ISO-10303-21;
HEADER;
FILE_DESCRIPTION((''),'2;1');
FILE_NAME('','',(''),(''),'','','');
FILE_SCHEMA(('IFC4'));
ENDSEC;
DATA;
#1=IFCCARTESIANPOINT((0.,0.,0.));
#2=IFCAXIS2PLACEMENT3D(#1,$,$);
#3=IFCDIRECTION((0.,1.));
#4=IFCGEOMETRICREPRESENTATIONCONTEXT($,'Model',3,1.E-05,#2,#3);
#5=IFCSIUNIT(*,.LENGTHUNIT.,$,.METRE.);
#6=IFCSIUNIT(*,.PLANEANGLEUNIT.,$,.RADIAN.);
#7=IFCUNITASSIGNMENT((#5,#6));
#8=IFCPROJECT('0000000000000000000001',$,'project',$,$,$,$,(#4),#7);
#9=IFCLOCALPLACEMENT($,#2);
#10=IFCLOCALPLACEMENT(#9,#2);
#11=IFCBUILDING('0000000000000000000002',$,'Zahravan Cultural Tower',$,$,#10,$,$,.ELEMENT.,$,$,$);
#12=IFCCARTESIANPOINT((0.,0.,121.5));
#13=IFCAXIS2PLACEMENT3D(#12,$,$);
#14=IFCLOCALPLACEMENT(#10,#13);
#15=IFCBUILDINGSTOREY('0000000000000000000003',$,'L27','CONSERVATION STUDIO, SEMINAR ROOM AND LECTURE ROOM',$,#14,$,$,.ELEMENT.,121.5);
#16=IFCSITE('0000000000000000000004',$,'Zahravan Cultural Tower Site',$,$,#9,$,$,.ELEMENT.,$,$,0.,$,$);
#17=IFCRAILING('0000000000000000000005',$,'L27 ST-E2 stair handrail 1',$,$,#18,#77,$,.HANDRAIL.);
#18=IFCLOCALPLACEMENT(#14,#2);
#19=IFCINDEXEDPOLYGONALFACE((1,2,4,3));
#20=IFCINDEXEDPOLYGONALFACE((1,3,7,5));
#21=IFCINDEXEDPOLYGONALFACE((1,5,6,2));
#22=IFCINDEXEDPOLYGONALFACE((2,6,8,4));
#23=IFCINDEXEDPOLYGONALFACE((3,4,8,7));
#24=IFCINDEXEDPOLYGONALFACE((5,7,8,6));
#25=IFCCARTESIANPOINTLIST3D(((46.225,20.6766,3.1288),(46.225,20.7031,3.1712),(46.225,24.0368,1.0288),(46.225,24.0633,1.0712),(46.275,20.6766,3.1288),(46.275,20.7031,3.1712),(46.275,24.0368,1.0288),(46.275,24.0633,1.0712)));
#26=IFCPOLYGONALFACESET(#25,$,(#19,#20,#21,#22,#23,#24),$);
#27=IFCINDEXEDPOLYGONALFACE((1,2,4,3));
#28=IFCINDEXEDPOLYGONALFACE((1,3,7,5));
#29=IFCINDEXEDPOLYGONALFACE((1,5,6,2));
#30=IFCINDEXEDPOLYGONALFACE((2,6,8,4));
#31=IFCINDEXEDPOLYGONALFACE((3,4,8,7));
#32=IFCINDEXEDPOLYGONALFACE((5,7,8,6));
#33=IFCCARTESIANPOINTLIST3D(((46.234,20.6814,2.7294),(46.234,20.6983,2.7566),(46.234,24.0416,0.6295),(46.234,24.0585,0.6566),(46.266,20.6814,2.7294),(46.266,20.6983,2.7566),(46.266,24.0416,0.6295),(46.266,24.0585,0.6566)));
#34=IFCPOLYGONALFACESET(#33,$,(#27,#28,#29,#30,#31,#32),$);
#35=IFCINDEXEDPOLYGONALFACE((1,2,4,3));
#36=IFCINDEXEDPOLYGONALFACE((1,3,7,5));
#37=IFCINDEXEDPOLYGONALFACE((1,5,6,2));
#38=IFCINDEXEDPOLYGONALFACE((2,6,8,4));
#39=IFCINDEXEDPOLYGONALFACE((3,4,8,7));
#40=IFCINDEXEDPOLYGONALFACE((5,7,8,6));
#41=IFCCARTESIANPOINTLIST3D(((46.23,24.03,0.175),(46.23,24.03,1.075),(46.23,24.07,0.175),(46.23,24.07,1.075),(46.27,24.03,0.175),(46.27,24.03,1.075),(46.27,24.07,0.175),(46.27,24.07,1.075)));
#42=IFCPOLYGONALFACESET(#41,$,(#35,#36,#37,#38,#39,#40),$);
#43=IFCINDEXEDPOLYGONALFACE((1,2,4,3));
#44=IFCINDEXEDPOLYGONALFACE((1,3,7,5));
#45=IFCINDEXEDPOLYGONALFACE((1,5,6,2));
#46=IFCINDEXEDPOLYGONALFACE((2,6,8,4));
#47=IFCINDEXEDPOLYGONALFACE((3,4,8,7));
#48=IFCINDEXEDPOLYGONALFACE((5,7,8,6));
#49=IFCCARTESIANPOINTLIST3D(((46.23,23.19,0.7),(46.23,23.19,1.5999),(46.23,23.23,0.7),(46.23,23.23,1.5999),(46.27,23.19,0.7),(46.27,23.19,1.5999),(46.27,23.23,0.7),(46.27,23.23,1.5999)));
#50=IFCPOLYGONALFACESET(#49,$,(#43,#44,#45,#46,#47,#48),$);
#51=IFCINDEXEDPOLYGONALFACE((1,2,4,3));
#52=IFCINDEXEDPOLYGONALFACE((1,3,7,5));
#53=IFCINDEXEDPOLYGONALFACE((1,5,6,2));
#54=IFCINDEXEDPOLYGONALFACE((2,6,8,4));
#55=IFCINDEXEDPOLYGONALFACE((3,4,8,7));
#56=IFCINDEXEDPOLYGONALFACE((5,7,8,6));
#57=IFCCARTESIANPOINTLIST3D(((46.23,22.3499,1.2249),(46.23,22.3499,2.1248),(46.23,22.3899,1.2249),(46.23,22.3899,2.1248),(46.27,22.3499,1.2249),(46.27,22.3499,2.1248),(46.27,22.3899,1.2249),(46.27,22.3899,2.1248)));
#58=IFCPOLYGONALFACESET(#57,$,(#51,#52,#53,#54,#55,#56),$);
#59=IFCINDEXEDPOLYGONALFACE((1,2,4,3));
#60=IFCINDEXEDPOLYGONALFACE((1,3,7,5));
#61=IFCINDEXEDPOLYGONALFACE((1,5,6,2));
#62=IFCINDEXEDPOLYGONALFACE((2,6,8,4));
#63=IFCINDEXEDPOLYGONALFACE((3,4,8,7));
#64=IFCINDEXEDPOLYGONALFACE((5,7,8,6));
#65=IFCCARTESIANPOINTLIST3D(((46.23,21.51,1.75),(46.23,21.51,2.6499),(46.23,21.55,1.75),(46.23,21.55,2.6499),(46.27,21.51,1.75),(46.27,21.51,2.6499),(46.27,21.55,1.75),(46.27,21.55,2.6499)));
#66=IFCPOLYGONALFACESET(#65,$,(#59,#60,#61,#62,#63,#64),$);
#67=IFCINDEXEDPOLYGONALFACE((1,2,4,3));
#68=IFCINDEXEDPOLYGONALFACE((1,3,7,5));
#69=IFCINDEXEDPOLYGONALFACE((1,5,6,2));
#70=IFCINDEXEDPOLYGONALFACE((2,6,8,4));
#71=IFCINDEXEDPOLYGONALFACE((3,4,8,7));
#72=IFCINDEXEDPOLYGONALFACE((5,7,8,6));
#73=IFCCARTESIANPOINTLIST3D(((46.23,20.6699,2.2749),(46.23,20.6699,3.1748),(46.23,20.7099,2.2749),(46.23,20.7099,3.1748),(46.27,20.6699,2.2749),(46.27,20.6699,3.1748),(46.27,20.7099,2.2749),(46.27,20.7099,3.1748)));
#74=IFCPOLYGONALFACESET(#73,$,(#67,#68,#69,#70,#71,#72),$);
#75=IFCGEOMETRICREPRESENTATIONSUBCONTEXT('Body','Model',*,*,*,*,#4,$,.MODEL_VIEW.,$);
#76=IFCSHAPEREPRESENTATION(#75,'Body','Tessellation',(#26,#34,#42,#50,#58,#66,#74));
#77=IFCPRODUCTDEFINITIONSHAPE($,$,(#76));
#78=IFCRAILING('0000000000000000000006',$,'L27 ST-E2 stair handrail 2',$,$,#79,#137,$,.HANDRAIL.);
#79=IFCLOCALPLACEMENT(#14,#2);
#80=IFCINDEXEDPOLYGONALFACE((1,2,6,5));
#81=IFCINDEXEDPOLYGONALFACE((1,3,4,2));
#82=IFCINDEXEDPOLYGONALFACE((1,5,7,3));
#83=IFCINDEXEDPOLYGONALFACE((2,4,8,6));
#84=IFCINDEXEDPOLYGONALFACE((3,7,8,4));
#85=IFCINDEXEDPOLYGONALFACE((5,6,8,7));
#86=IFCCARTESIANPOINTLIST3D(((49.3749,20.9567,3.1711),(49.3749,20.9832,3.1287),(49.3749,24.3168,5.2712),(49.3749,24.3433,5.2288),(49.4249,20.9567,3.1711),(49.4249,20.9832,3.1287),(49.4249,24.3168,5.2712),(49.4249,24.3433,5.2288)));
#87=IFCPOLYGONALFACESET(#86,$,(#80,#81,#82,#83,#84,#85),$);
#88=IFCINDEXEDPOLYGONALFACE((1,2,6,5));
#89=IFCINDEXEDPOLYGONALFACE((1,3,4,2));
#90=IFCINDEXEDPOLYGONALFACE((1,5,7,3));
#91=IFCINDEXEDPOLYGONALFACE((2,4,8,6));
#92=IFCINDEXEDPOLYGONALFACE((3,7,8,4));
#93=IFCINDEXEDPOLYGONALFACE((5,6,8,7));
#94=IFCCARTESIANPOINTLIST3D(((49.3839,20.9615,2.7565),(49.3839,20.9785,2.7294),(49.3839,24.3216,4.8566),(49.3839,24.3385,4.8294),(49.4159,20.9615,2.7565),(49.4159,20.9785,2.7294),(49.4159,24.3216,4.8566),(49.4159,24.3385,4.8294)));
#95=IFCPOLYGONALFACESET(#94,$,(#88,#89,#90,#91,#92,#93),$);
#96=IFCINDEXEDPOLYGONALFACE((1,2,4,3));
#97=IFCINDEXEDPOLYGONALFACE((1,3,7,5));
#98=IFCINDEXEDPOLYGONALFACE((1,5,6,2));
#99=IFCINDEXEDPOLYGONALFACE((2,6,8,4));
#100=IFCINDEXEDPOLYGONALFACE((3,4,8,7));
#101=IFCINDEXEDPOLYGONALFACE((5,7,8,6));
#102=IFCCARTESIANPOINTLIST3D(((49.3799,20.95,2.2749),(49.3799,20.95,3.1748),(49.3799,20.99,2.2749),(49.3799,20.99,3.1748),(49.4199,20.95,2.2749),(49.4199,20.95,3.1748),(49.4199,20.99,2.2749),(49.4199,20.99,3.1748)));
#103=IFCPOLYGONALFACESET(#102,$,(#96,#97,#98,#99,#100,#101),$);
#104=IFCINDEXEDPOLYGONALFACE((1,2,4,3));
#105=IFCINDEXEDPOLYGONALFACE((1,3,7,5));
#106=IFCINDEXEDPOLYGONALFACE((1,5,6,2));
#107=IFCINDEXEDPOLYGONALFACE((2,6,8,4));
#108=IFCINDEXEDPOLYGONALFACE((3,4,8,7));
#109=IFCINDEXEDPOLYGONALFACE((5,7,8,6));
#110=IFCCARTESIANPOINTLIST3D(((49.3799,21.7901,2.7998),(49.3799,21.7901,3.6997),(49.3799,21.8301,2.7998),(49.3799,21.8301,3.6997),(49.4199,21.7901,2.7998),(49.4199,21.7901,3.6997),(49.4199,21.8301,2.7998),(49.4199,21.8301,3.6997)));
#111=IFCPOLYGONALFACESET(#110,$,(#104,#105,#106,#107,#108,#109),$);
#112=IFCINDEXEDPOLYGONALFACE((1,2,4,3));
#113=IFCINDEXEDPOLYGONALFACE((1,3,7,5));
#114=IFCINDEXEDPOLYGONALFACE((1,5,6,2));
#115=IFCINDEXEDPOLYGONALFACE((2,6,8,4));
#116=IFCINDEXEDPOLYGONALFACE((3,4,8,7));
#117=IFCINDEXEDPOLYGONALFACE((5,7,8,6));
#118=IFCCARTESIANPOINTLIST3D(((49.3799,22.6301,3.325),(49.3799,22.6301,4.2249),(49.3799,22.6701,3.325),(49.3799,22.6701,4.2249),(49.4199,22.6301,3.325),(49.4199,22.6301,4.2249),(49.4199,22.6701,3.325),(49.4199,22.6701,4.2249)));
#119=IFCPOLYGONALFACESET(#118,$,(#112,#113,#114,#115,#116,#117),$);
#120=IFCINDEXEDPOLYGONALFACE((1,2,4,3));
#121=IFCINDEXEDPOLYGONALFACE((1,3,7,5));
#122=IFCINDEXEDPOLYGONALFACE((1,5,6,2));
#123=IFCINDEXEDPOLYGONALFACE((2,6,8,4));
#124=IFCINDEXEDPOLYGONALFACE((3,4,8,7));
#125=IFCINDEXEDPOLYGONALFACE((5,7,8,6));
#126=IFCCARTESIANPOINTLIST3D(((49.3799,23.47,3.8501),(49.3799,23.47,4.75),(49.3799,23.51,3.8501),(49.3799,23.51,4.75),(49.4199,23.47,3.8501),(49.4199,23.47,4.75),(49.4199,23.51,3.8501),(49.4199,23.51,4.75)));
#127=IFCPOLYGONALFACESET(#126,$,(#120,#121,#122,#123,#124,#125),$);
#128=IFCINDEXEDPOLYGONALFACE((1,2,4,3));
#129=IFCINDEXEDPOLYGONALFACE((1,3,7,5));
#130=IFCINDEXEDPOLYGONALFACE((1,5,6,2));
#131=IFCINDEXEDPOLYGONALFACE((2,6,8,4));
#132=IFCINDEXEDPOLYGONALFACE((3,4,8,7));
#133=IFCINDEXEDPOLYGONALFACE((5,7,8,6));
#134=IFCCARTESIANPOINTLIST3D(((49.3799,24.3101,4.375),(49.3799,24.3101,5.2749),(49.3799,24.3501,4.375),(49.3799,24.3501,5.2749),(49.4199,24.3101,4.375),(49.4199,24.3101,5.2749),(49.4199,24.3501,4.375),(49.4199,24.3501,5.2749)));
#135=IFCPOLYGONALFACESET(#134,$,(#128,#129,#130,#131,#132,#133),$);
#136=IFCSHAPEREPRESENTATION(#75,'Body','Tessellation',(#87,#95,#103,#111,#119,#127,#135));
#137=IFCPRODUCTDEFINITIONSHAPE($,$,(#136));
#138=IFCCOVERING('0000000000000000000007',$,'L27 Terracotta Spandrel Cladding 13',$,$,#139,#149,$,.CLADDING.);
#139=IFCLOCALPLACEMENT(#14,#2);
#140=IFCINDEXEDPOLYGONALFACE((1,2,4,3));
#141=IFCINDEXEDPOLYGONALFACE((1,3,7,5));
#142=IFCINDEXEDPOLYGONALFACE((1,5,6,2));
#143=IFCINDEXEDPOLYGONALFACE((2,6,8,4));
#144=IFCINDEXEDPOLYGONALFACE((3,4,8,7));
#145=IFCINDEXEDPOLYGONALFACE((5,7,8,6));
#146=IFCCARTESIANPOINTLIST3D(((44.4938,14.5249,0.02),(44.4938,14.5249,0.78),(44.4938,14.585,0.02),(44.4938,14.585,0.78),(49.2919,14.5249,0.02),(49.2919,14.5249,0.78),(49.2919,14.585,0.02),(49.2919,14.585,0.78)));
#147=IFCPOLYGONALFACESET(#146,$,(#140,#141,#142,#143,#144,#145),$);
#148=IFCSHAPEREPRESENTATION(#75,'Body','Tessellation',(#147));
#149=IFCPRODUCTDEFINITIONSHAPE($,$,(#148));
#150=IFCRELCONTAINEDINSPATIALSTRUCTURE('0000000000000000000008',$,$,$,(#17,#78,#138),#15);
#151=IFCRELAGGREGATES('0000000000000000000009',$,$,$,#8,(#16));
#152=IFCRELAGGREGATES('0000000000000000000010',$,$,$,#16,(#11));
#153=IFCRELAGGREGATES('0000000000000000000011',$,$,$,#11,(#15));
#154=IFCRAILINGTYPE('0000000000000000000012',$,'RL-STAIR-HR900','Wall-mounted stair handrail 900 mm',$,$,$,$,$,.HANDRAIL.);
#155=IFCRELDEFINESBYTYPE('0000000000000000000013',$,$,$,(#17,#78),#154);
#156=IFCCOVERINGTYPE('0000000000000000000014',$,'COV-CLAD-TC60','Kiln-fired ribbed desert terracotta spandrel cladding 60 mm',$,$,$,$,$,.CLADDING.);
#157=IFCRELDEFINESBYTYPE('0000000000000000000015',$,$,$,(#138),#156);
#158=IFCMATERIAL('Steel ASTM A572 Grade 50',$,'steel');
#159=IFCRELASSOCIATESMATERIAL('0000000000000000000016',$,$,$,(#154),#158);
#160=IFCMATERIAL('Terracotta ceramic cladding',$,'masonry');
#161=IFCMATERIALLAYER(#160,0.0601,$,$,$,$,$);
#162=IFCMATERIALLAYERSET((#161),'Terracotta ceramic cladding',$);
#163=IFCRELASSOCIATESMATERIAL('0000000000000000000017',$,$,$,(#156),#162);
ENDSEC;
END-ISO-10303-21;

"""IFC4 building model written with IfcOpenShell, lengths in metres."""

from ifc_helpers import new_model, si_unit, direction, frame, origin, origin_2d, place, context, subcontext, project, spatial, rectangle, extrude, source, transform, mapped, material, layer, layer_set, type_object, element, save


model = new_model("IFC4")

# Units and contexts
model_context = context("Model", 3, precision=1e-05, world=origin(), true_north=direction((0.0, 1.0)))
body_context = subcontext(model_context, "Body", "Model", "MODEL_VIEW")
ifc_project = project(units=[si_unit("LENGTHUNIT", "METRE"), si_unit("PLANEANGLEUNIT", "RADIAN")], contexts=[model_context])

# Site, building, storey
site_placement = place(None, origin())
site = spatial("IfcSite", under=ifc_project, at=site_placement, Name="Zahravan Cultural Tower Site", CompositionType="ELEMENT", RefElevation=0.0)
building_placement = place(site_placement, origin())
building = spatial("IfcBuilding", under=site, at=building_placement, Name="Zahravan Cultural Tower", CompositionType="ELEMENT")
storey_placement = place(building_placement, frame((0.0, 0.0, 121.5)))
storey = spatial("IfcBuildingStorey", under=building, at=storey_placement, Name="L27", Description="CONSERVATION STUDIO, SEMINAR ROOM AND LECTURE ROOM", CompositionType="ELEMENT", Elevation=121.5)

# Railings
ifc_material_1 = material(Name="Steel ASTM A572 Grade 50", Category="steel")
railing_type_1 = type_object("IfcRailingType", Name="RL-STAIR-HR900", Description="Wall-mounted stair handrail 900 mm", PredefinedType="HANDRAIL", material=ifc_material_1)
railing_1_placement = place(storey_placement, frame((46.25, 24.05, 0.175)))
element("IfcRailing", 1, at=railing_1_placement, inside=storey, type_object=railing_type_1, Name="L27 ST-E2 stair handrail 1", PredefinedType="HANDRAIL", context=body_context, shape_type="SweptSolid", body=[
    extrude(rectangle(XDim=0.05, YDim=0.05, at=origin_2d()), frame((0.0, 0.0, 0.875), z_axis=(0.0, -0.848023, 0.52996), x_axis=(1.0, 0.0, 0.0)), (0.0, 0.0, 1.0), 3.9624),
    extrude(rectangle(XDim=0.032, YDim=0.032, at=origin_2d()), frame((0.0, 0.0, 0.468), z_axis=(0.0, -0.848023, 0.52996), x_axis=(1.0, 0.0, 0.0)), (0.0, 0.0, 1.0), 3.9624),
    extrude(rectangle(XDim=0.04, YDim=0.04, at=origin_2d()), origin(), (0.0, 0.0, 1.0), 0.8999),
    extrude(rectangle(XDim=0.04, YDim=0.04, at=origin_2d()), frame((0.0, -0.8401, 0.5249)), (0.0, 0.0, 1.0), 0.8999),
    extrude(rectangle(XDim=0.04, YDim=0.04, at=origin_2d()), frame((0.0, -1.6802, 1.0498)), (0.0, 0.0, 1.0), 0.8999),
    extrude(rectangle(XDim=0.04, YDim=0.04, at=origin_2d()), frame((0.0, -2.52, 1.575)), (0.0, 0.0, 1.0), 0.8999),
    extrude(rectangle(XDim=0.04, YDim=0.04, at=origin_2d()), frame((0.0, -3.3601, 2.0999)), (0.0, 0.0, 1.0), 0.8999),
])
railing_2_placement = place(storey_placement, frame((49.3999, 20.97, 2.2749)))
element("IfcRailing", 2, at=railing_2_placement, inside=storey, type_object=railing_type_1, Name="L27 ST-E2 stair handrail 2", PredefinedType="HANDRAIL", context=body_context, shape_type="SweptSolid", body=[
    extrude(rectangle(XDim=0.05, YDim=0.05, at=origin_2d()), frame((0.0, 0.0, 0.875), z_axis=(0.0, 0.847995, 0.530004), x_axis=(-1.0, 0.0, 0.0)), (0.0, 0.0, 1.0), 3.9624),
    extrude(rectangle(XDim=0.032, YDim=0.032, at=origin_2d()), frame((0.0, 0.0, 0.468), z_axis=(0.0, 0.847995, 0.530004), x_axis=(-1.0, 0.0, 0.0)), (0.0, 0.0, 1.0), 3.9624),
    extrude(rectangle(XDim=0.04, YDim=0.04, at=origin_2d()), origin(), (0.0, 0.0, 1.0), 0.8999),
    extrude(rectangle(XDim=0.04, YDim=0.04, at=origin_2d()), frame((0.0, 0.8401, 0.5249)), (0.0, 0.0, 1.0), 0.8999),
    extrude(rectangle(XDim=0.04, YDim=0.04, at=origin_2d()), frame((0.0, 1.6802, 1.05)), (0.0, 0.0, 1.0), 0.8999),
    extrude(rectangle(XDim=0.04, YDim=0.04, at=origin_2d()), frame((0.0, 2.52, 1.5752)), (0.0, 0.0, 1.0), 0.8999),
    extrude(rectangle(XDim=0.04, YDim=0.04, at=origin_2d()), frame((0.0, 3.3601, 2.1001)), (0.0, 0.0, 1.0), 0.8999),
])

# Covering
ifc_material_2 = material(Name="Terracotta ceramic cladding", Category="masonry")
ifc_layer_1 = layer(ifc_material_2, 0.0601)
ifc_layer_set_1 = layer_set([ifc_layer_1], Name="Terracotta ceramic cladding")
covering_type = type_object("IfcCoveringType", Name="COV-CLAD-TC60", Description="Kiln-fired ribbed desert terracotta spandrel cladding 60 mm", PredefinedType="CLADDING", material=ifc_layer_set_1)
shared_shape_1 = source(origin(), body_context, "Body", "SweptSolid", [
    extrude(rectangle(XDim=4.7981, YDim=0.0601, at=origin_2d()), origin(), (0.0, 0.0, 1.0), 0.76),
])
covering_placement = place(storey_placement, frame((46.8928, 14.5549, 0.02), z_axis=(0.0, 0.0, 1.0), x_axis=(-1.0, 0.0, 0.0)))
element("IfcCovering", 3, at=covering_placement, inside=storey, type_object=covering_type, Name="L27 Terracotta Spandrel Cladding 13", PredefinedType="CLADDING", context=body_context, shape_type="MappedRepresentation", body=[
    mapped(shared_shape_1, transform((0.0, 0.0, 0.0), x_axis=(1.0, 0.0, 0.0), y_axis=(0.0, 1.0, 0.0), z_axis=(0.0, 0.0, 1.0), scale=1.0)),
])

save(model, "model.ifc")
